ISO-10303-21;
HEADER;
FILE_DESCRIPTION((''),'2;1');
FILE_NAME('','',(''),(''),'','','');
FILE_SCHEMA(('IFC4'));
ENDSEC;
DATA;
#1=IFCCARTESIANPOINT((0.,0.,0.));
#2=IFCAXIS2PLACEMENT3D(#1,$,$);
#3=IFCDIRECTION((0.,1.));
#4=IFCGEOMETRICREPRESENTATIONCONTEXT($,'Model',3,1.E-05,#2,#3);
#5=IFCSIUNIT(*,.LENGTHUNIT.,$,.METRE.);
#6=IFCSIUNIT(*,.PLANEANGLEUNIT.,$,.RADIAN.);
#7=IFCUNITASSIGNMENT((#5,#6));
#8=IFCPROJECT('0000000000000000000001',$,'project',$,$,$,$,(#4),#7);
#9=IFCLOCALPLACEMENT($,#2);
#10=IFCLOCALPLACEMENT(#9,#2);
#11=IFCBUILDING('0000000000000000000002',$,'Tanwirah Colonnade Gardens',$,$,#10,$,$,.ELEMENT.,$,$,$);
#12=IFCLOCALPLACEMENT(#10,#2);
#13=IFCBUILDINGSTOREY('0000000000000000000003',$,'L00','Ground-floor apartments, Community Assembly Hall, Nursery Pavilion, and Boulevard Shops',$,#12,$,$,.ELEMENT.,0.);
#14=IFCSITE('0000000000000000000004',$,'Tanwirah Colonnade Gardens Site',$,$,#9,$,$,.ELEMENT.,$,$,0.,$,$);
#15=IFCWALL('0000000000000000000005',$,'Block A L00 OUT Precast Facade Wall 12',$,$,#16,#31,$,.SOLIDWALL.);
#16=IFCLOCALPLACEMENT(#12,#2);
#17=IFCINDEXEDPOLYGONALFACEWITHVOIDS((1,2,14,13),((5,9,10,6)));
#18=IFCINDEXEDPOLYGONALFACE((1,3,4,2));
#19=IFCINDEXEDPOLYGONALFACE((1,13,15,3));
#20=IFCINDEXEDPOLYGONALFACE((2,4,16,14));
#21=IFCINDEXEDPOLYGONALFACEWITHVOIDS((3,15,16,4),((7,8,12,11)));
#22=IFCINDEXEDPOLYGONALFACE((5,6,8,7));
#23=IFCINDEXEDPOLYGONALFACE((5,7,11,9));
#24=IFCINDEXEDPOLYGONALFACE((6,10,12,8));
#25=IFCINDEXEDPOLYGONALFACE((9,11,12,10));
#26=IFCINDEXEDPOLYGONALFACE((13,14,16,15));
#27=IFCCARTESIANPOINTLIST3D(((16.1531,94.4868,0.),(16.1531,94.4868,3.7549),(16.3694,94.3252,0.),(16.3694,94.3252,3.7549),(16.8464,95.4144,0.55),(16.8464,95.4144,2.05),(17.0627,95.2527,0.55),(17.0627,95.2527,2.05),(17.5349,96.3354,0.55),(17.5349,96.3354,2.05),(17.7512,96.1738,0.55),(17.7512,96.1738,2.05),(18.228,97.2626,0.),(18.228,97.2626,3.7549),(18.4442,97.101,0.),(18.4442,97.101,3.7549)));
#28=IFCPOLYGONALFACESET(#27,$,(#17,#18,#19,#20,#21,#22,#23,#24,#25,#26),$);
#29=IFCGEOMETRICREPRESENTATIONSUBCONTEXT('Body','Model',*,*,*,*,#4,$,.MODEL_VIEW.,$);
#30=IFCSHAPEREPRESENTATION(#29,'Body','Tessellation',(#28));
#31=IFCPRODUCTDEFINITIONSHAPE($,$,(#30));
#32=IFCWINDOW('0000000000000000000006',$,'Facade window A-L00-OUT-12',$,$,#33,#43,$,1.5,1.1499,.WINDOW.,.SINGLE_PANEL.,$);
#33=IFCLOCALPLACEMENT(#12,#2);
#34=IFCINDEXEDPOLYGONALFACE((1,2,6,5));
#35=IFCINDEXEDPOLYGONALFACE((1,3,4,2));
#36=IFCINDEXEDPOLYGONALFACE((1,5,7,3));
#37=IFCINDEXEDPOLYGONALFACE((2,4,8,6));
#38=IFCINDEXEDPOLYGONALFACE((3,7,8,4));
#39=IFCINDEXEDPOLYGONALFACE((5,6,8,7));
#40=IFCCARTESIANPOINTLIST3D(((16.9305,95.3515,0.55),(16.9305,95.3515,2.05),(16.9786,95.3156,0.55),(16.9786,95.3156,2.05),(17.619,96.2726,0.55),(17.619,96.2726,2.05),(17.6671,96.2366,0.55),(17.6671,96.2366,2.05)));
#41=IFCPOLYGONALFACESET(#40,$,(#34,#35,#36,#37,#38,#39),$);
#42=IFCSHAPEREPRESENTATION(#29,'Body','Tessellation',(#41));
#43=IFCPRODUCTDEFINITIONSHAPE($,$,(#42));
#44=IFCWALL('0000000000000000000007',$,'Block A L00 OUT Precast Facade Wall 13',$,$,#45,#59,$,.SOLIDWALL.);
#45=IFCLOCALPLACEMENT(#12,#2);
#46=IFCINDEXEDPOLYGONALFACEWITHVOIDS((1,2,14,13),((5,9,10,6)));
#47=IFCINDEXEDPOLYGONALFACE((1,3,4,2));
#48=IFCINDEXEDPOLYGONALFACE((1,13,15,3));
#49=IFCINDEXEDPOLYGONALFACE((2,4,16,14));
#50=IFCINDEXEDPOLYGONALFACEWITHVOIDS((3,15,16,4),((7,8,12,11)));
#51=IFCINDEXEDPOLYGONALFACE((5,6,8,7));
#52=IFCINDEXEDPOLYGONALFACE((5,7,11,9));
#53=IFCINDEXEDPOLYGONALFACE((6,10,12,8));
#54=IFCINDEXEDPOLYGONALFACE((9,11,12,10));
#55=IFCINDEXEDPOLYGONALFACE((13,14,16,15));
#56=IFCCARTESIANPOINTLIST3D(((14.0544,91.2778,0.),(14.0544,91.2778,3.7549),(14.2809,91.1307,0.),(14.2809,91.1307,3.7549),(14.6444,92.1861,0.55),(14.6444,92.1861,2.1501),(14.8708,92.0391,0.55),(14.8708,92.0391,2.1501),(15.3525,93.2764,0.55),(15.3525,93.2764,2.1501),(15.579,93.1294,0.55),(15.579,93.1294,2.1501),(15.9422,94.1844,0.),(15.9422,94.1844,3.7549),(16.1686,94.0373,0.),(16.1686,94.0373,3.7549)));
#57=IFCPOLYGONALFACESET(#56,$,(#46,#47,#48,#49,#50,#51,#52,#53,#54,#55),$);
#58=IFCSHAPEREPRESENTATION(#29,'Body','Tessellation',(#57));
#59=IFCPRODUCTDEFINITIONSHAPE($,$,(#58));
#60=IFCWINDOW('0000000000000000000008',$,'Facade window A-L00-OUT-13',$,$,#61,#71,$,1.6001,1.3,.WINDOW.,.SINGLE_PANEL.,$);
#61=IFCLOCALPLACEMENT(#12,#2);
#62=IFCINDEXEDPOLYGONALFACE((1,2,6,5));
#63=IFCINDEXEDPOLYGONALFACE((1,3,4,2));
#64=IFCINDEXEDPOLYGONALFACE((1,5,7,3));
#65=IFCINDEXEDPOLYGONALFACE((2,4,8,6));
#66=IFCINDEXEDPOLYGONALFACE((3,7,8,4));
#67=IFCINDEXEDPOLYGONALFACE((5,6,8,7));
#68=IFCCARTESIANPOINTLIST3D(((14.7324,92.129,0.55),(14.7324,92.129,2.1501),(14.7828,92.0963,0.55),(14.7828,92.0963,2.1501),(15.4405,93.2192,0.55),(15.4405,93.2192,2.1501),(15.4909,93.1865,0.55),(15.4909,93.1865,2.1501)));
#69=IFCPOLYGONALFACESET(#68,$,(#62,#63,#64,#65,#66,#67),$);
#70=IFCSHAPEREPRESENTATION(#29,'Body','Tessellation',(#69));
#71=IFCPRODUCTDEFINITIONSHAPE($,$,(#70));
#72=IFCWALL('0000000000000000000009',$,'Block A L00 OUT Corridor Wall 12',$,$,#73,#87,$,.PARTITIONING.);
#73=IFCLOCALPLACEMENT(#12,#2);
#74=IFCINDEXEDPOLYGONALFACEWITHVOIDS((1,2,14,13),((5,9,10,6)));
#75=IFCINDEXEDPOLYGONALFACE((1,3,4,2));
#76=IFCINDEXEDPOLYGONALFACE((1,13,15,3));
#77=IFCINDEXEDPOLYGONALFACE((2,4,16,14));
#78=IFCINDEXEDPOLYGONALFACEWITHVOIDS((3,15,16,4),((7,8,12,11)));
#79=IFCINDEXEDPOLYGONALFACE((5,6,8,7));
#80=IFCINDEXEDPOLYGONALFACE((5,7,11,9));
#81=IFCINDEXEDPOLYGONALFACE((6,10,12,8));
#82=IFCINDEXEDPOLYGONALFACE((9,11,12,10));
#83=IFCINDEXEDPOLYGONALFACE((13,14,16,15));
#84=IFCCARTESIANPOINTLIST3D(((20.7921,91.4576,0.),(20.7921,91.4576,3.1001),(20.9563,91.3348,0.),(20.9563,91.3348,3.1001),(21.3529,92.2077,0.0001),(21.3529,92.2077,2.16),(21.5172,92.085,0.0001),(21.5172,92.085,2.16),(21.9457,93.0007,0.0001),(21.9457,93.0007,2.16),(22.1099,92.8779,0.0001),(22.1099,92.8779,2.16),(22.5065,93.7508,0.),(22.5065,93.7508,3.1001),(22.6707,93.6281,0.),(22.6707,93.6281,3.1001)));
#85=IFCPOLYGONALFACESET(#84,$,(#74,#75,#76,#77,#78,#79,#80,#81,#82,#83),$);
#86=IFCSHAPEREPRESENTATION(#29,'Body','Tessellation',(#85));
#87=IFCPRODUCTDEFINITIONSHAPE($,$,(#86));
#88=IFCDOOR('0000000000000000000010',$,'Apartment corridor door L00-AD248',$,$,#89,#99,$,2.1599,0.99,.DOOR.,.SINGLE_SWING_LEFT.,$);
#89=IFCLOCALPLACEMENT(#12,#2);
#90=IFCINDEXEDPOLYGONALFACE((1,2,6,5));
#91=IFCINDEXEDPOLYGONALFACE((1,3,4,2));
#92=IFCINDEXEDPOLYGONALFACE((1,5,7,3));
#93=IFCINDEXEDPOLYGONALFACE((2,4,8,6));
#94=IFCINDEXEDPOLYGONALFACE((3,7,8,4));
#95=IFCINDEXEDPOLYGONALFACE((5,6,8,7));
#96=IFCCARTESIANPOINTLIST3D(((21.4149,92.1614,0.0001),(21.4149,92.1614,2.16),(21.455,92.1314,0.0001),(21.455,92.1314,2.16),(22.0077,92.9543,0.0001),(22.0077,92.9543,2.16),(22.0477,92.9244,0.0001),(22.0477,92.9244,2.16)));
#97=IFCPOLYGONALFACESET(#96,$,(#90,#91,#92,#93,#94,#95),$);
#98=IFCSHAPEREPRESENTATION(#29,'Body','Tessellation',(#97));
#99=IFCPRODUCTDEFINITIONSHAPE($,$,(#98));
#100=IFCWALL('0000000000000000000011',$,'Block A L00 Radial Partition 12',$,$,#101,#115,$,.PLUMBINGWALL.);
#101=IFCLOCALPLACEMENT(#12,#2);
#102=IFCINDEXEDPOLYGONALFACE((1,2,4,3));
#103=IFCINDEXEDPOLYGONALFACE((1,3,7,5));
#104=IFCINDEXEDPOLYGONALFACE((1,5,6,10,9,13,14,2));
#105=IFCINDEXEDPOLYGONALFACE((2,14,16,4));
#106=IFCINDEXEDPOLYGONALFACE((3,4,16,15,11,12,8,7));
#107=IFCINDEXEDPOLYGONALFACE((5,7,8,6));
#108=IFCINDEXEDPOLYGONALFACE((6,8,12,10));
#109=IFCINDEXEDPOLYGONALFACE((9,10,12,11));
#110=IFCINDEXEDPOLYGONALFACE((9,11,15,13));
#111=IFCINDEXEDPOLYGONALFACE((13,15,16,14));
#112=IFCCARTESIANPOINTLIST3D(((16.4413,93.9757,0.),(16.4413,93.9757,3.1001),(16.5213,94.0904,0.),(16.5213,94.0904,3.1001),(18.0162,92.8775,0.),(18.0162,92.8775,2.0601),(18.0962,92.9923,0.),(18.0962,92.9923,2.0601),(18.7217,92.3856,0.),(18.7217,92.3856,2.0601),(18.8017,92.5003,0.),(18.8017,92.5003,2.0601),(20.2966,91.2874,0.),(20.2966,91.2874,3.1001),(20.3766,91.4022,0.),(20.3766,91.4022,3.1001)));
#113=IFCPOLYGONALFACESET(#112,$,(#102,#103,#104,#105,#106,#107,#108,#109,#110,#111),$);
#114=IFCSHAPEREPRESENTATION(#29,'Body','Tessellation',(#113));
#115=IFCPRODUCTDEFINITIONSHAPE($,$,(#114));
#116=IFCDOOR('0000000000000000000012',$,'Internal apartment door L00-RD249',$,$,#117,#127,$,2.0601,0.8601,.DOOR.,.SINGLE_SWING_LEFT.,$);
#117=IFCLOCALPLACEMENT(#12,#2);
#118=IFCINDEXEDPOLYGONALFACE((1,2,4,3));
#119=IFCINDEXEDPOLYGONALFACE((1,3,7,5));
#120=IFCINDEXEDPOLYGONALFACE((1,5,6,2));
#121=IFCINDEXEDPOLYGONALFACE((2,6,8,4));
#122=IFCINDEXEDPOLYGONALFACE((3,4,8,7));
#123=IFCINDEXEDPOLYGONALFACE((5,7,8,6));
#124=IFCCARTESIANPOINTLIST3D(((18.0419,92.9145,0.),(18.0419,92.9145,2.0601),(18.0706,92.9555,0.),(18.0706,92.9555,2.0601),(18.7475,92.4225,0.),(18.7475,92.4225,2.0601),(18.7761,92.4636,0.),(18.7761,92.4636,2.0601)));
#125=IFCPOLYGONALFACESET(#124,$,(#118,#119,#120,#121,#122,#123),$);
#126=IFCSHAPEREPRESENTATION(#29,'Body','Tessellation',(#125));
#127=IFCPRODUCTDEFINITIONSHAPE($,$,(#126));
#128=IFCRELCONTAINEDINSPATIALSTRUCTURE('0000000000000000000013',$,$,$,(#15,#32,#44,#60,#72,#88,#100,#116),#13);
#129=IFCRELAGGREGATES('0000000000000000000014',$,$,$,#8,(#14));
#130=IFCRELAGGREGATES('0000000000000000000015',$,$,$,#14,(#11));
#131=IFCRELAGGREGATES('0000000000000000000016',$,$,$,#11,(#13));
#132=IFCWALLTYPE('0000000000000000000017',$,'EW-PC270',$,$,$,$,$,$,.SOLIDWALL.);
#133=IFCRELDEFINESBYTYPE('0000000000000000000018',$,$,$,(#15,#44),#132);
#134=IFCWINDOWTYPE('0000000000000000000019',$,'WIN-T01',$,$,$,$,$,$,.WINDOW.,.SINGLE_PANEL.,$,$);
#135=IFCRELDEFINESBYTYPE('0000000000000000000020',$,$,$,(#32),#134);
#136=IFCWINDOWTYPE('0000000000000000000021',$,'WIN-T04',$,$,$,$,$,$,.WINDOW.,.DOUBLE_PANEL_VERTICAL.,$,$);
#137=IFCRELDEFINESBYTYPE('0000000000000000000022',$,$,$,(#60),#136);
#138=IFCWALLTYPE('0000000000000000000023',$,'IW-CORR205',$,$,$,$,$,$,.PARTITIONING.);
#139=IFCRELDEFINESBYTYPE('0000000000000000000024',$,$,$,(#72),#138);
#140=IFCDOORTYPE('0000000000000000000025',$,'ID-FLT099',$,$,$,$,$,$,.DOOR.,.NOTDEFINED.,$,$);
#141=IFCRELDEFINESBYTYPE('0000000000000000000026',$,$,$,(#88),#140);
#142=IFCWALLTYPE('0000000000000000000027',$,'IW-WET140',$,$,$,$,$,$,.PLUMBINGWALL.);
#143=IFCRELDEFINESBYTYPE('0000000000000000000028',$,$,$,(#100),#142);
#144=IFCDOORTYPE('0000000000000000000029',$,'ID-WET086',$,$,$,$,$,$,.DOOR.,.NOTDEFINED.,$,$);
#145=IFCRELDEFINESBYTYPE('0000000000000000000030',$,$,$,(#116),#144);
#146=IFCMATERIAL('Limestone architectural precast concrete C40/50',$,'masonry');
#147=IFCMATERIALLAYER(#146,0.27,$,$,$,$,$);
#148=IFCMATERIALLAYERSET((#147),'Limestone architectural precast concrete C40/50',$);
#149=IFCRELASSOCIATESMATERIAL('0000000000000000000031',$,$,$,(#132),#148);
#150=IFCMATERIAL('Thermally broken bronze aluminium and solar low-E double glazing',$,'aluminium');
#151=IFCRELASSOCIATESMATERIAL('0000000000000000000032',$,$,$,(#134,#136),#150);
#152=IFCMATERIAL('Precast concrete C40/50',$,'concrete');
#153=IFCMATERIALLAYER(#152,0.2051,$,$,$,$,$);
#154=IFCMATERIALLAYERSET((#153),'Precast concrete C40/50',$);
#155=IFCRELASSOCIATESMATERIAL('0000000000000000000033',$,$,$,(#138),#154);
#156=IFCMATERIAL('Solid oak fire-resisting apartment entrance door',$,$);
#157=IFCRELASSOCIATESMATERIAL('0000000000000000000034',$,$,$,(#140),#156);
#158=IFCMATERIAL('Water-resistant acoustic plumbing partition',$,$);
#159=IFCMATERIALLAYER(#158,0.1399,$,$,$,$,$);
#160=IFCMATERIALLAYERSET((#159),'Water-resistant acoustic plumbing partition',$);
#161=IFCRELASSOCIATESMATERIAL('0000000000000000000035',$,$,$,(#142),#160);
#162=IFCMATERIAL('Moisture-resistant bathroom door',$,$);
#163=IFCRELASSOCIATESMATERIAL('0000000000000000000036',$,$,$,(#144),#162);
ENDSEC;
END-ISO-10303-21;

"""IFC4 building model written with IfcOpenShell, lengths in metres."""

from ifc_helpers import new_model, si_unit, direction, frame, frame_2d, origin, place, context, subcontext, project, spatial, rectangle, extrude, material, layer, layer_set, type_object, element, fill, save


model = new_model("IFC4")

# Units and contexts
model_context = context("Model", 3, precision=1e-05, world=origin(), true_north=direction((0.0, 1.0)))
body_context = subcontext(model_context, "Body", "Model", "MODEL_VIEW")
ifc_project = project(units=[si_unit("LENGTHUNIT", "METRE"), si_unit("PLANEANGLEUNIT", "RADIAN")], contexts=[model_context])

# Site, building, storey
site_placement = place(None, origin())
site = spatial("IfcSite", under=ifc_project, at=site_placement, Name="Tanwirah Colonnade Gardens Site", CompositionType="ELEMENT", RefElevation=0.0)
building_placement = place(site_placement, origin())
building = spatial("IfcBuilding", under=site, at=building_placement, Name="Tanwirah Colonnade Gardens", CompositionType="ELEMENT")
storey_placement = place(building_placement, origin())
storey = spatial("IfcBuildingStorey", under=building, at=storey_placement, Name="L00", Description="Ground-floor apartments, Community Assembly Hall, Nursery Pavilion, and Boulevard Shops", CompositionType="ELEMENT", Elevation=0.0)

# Shared definitions
ifc_material_1 = material(Name="Precast concrete C40/50", Category="concrete")

# Walls, openings, windows
ifc_material_2 = material(Name="Limestone architectural precast concrete C40/50", Category="masonry")
ifc_layer_1 = layer(ifc_material_2, 0.27)
ifc_layer_set_1 = layer_set([ifc_layer_1], Name="Limestone architectural precast concrete C40/50")
wall_type_1 = type_object("IfcWallType", Name="EW-PC270", PredefinedType="SOLIDWALL", material=ifc_layer_set_1)
wall_1_placement = place(storey_placement, frame((18.3362, 97.1819, 0.0), z_axis=(0.0, 0.0, 1.0), x_axis=(-0.598714, -0.800963, 0.0)))
wall_1 = element("IfcWall", 1, at=wall_1_placement, inside=storey, type_object=wall_type_1, Name="Block A L00 OUT Precast Facade Wall 12", PredefinedType="SOLIDWALL", context=body_context, shape_type="SweptSolid", body=[
    extrude(rectangle(XDim=3.4656, YDim=0.27, at=frame_2d((1.7329, 0.0))), origin(), (0.0, 0.0, 1.0), 3.7549),
])
opening_1_placement = place(wall_1_placement, frame((1.1577, 0.0, 0.55)))
opening_1 = element("IfcOpeningElement", 2, at=opening_1_placement, cuts=wall_1, PredefinedType="OPENING", context=body_context, shape_type="SweptSolid", body=[
    extrude(rectangle(XDim=1.1499, YDim=1.5, at=frame_2d((0.575, 0.75))), frame((0.0, 0.145, 0.0), z_axis=(0.0, -1.0, 0.0), x_axis=(1.0, 0.0, 0.0)), (0.0, 0.0, 1.0), 0.29),
])
ifc_material_3 = material(Name="Thermally broken bronze aluminium and solar low-E double glazing", Category="aluminium")
window_type_1 = type_object("IfcWindowType", Name="WIN-T01", PartitioningType="SINGLE_PANEL", PredefinedType="WINDOW", material=ifc_material_3)
window_1_placement = place(opening_1_placement, origin())
window_1 = element("IfcWindow", 3, at=window_1_placement, inside=storey, type_object=window_type_1, Name="Facade window A-L00-OUT-12", OverallHeight=1.5, OverallWidth=1.1499, PartitioningType="SINGLE_PANEL", PredefinedType="WINDOW", context=body_context, shape_type="SweptSolid", body=[
    extrude(rectangle(XDim=1.1499, YDim=1.5, at=frame_2d((0.575, 0.75))), frame((0.0, 0.03, 0.0), z_axis=(0.0, -1.0, 0.0), x_axis=(1.0, 0.0, 0.0)), (0.0, 0.0, 1.0), 0.0601),
])
fill(opening_1, window_1)
wall_2_placement = place(storey_placement, frame((16.0554, 94.1108, 0.0), z_axis=(0.0, 0.0, 1.0), x_axis=(-0.544679, -0.838645, 0.0)))
wall_2 = element("IfcWall", 4, at=wall_2_placement, inside=storey, type_object=wall_type_1, Name="Block A L00 OUT Precast Facade Wall 13", PredefinedType="SOLIDWALL", context=body_context, shape_type="SweptSolid", body=[
    extrude(rectangle(XDim=3.4658, YDim=0.27, at=frame_2d((1.7329, 0.0))), origin(), (0.0, 0.0, 1.0), 3.7549),
])
opening_2_placement = place(wall_2_placement, frame((1.0828, 0.0, 0.55)))
opening_2 = element("IfcOpeningElement", 5, at=opening_2_placement, cuts=wall_2, PredefinedType="OPENING", context=body_context, shape_type="SweptSolid", body=[
    extrude(rectangle(XDim=1.3, YDim=1.6001, at=frame_2d((0.6499, 0.8))), frame((0.0, 0.145, 0.0), z_axis=(0.0, -1.0, 0.0), x_axis=(1.0, 0.0, 0.0)), (0.0, 0.0, 1.0), 0.29),
])
window_type_2 = type_object("IfcWindowType", Name="WIN-T04", PartitioningType="DOUBLE_PANEL_VERTICAL", PredefinedType="WINDOW", material=ifc_material_3)
window_2_placement = place(opening_2_placement, origin())
window_2 = element("IfcWindow", 6, at=window_2_placement, inside=storey, type_object=window_type_2, Name="Facade window A-L00-OUT-13", OverallHeight=1.6001, OverallWidth=1.3, PartitioningType="SINGLE_PANEL", PredefinedType="WINDOW", context=body_context, shape_type="SweptSolid", body=[
    extrude(rectangle(XDim=1.3, YDim=1.6001, at=frame_2d((0.6499, 0.8))), frame((0.0, 0.03, 0.0), z_axis=(0.0, -1.0, 0.0), x_axis=(1.0, 0.0, 0.0)), (0.0, 0.0, 1.0), 0.0601),
])
fill(opening_2, window_2)

# Walls, openings, doors
ifc_layer_2 = layer(ifc_material_1, 0.2051)
ifc_layer_set_2 = layer_set([ifc_layer_2], Name="Precast concrete C40/50")
wall_type_2 = type_object("IfcWallType", Name="IW-CORR205", PredefinedType="PARTITIONING", material=ifc_layer_set_2)
wall_3_placement = place(storey_placement, frame((22.5886, 93.6895, 0.0), z_axis=(0.0, 0.0, 1.0), x_axis=(-0.598758, -0.80093, 0.0)))
wall_3 = element("IfcWall", 7, at=wall_3_placement, inside=storey, type_object=wall_type_2, Name="Block A L00 OUT Corridor Wall 12", PredefinedType="PARTITIONING", context=body_context, shape_type="SweptSolid", body=[
    extrude(rectangle(XDim=2.8633, YDim=0.2051, at=frame_2d((1.4316, 0.0))), origin(), (0.0, 0.0, 1.0), 3.1001),
])
opening_3_placement = place(wall_3_placement, frame((0.9365, 0.0, 0.0)))
opening_3 = element("IfcOpeningElement", 8, at=opening_3_placement, cuts=wall_3, PredefinedType="OPENING", context=body_context, shape_type="SweptSolid", body=[
    extrude(rectangle(XDim=0.99, YDim=2.1599, at=frame_2d((0.4951, 1.0801))), frame((0.0, 0.1125, 0.0), z_axis=(0.0, -1.0, 0.0), x_axis=(1.0, 0.0, 0.0)), (0.0, 0.0, 1.0), 0.2251),
])
ifc_material_4 = material(Name="Solid oak fire-resisting apartment entrance door")
door_type_1 = type_object("IfcDoorType", Name="ID-FLT099", OperationType="NOTDEFINED", PredefinedType="DOOR", material=ifc_material_4)
door_1_placement = place(opening_3_placement, origin())
door_1 = element("IfcDoor", 9, at=door_1_placement, inside=storey, type_object=door_type_1, Name="Apartment corridor door L00-AD248", OperationType="SINGLE_SWING_LEFT", OverallHeight=2.1599, OverallWidth=0.99, PredefinedType="DOOR", context=body_context, shape_type="SweptSolid", body=[
    extrude(rectangle(XDim=0.99, YDim=2.1599, at=frame_2d((0.4951, 1.0801))), frame((0.0, 0.0249, 0.0), z_axis=(0.0, -1.0, 0.0), x_axis=(1.0, 0.0, 0.0)), (0.0, 0.0, 1.0), 0.05),
])
fill(opening_3, door_1)
ifc_material_5 = material(Name="Water-resistant acoustic plumbing partition")
ifc_layer_3 = layer(ifc_material_5, 0.1399)
ifc_layer_set_3 = layer_set([ifc_layer_3], Name="Water-resistant acoustic plumbing partition")
wall_type_3 = type_object("IfcWallType", Name="IW-WET140", PredefinedType="PLUMBINGWALL", material=ifc_layer_set_3)
wall_4_placement = place(storey_placement, frame((20.3367, 91.3447, 0.0), z_axis=(0.0, 0.0, 1.0), x_axis=(-0.820273, 0.571973, 0.0)))
wall_4 = element("IfcWall", 10, at=wall_4_placement, inside=storey, type_object=wall_type_3, Name="Block A L00 Radial Partition 12", PredefinedType="PLUMBINGWALL", context=body_context, shape_type="SweptSolid", body=[
    extrude(rectangle(XDim=4.7, YDim=0.1399, at=frame_2d((2.3501, 0.0))), origin(), (0.0, 0.0, 1.0), 3.1001),
])
opening_4_placement = place(wall_4_placement, frame((1.9199, 0.0, 0.0)))
opening_4 = element("IfcOpeningElement", 11, at=opening_4_placement, cuts=wall_4, PredefinedType="OPENING", context=body_context, shape_type="SweptSolid", body=[
    extrude(rectangle(XDim=0.8601, YDim=2.0601, at=frame_2d((0.4302, 1.03))), frame((0.0, 0.0798, 0.0), z_axis=(0.0, -1.0, 0.0), x_axis=(1.0, 0.0, 0.0)), (0.0, 0.0, 1.0), 0.1599),
])
ifc_material_6 = material(Name="Moisture-resistant bathroom door")
door_type_2 = type_object("IfcDoorType", Name="ID-WET086", OperationType="NOTDEFINED", PredefinedType="DOOR", material=ifc_material_6)
door_2_placement = place(opening_4_placement, origin())
door_2 = element("IfcDoor", 12, at=door_2_placement, inside=storey, type_object=door_type_2, Name="Internal apartment door L00-RD249", OperationType="SINGLE_SWING_LEFT", OverallHeight=2.0601, OverallWidth=0.8601, PredefinedType="DOOR", context=body_context, shape_type="SweptSolid", body=[
    extrude(rectangle(XDim=0.8601, YDim=2.0601, at=frame_2d((0.4302, 1.03))), frame((0.0, 0.0249, 0.0), z_axis=(0.0, -1.0, 0.0), x_axis=(1.0, 0.0, 0.0)), (0.0, 0.0, 1.0), 0.05),
])
fill(opening_4, door_2)

save(model, "model.ifc")
